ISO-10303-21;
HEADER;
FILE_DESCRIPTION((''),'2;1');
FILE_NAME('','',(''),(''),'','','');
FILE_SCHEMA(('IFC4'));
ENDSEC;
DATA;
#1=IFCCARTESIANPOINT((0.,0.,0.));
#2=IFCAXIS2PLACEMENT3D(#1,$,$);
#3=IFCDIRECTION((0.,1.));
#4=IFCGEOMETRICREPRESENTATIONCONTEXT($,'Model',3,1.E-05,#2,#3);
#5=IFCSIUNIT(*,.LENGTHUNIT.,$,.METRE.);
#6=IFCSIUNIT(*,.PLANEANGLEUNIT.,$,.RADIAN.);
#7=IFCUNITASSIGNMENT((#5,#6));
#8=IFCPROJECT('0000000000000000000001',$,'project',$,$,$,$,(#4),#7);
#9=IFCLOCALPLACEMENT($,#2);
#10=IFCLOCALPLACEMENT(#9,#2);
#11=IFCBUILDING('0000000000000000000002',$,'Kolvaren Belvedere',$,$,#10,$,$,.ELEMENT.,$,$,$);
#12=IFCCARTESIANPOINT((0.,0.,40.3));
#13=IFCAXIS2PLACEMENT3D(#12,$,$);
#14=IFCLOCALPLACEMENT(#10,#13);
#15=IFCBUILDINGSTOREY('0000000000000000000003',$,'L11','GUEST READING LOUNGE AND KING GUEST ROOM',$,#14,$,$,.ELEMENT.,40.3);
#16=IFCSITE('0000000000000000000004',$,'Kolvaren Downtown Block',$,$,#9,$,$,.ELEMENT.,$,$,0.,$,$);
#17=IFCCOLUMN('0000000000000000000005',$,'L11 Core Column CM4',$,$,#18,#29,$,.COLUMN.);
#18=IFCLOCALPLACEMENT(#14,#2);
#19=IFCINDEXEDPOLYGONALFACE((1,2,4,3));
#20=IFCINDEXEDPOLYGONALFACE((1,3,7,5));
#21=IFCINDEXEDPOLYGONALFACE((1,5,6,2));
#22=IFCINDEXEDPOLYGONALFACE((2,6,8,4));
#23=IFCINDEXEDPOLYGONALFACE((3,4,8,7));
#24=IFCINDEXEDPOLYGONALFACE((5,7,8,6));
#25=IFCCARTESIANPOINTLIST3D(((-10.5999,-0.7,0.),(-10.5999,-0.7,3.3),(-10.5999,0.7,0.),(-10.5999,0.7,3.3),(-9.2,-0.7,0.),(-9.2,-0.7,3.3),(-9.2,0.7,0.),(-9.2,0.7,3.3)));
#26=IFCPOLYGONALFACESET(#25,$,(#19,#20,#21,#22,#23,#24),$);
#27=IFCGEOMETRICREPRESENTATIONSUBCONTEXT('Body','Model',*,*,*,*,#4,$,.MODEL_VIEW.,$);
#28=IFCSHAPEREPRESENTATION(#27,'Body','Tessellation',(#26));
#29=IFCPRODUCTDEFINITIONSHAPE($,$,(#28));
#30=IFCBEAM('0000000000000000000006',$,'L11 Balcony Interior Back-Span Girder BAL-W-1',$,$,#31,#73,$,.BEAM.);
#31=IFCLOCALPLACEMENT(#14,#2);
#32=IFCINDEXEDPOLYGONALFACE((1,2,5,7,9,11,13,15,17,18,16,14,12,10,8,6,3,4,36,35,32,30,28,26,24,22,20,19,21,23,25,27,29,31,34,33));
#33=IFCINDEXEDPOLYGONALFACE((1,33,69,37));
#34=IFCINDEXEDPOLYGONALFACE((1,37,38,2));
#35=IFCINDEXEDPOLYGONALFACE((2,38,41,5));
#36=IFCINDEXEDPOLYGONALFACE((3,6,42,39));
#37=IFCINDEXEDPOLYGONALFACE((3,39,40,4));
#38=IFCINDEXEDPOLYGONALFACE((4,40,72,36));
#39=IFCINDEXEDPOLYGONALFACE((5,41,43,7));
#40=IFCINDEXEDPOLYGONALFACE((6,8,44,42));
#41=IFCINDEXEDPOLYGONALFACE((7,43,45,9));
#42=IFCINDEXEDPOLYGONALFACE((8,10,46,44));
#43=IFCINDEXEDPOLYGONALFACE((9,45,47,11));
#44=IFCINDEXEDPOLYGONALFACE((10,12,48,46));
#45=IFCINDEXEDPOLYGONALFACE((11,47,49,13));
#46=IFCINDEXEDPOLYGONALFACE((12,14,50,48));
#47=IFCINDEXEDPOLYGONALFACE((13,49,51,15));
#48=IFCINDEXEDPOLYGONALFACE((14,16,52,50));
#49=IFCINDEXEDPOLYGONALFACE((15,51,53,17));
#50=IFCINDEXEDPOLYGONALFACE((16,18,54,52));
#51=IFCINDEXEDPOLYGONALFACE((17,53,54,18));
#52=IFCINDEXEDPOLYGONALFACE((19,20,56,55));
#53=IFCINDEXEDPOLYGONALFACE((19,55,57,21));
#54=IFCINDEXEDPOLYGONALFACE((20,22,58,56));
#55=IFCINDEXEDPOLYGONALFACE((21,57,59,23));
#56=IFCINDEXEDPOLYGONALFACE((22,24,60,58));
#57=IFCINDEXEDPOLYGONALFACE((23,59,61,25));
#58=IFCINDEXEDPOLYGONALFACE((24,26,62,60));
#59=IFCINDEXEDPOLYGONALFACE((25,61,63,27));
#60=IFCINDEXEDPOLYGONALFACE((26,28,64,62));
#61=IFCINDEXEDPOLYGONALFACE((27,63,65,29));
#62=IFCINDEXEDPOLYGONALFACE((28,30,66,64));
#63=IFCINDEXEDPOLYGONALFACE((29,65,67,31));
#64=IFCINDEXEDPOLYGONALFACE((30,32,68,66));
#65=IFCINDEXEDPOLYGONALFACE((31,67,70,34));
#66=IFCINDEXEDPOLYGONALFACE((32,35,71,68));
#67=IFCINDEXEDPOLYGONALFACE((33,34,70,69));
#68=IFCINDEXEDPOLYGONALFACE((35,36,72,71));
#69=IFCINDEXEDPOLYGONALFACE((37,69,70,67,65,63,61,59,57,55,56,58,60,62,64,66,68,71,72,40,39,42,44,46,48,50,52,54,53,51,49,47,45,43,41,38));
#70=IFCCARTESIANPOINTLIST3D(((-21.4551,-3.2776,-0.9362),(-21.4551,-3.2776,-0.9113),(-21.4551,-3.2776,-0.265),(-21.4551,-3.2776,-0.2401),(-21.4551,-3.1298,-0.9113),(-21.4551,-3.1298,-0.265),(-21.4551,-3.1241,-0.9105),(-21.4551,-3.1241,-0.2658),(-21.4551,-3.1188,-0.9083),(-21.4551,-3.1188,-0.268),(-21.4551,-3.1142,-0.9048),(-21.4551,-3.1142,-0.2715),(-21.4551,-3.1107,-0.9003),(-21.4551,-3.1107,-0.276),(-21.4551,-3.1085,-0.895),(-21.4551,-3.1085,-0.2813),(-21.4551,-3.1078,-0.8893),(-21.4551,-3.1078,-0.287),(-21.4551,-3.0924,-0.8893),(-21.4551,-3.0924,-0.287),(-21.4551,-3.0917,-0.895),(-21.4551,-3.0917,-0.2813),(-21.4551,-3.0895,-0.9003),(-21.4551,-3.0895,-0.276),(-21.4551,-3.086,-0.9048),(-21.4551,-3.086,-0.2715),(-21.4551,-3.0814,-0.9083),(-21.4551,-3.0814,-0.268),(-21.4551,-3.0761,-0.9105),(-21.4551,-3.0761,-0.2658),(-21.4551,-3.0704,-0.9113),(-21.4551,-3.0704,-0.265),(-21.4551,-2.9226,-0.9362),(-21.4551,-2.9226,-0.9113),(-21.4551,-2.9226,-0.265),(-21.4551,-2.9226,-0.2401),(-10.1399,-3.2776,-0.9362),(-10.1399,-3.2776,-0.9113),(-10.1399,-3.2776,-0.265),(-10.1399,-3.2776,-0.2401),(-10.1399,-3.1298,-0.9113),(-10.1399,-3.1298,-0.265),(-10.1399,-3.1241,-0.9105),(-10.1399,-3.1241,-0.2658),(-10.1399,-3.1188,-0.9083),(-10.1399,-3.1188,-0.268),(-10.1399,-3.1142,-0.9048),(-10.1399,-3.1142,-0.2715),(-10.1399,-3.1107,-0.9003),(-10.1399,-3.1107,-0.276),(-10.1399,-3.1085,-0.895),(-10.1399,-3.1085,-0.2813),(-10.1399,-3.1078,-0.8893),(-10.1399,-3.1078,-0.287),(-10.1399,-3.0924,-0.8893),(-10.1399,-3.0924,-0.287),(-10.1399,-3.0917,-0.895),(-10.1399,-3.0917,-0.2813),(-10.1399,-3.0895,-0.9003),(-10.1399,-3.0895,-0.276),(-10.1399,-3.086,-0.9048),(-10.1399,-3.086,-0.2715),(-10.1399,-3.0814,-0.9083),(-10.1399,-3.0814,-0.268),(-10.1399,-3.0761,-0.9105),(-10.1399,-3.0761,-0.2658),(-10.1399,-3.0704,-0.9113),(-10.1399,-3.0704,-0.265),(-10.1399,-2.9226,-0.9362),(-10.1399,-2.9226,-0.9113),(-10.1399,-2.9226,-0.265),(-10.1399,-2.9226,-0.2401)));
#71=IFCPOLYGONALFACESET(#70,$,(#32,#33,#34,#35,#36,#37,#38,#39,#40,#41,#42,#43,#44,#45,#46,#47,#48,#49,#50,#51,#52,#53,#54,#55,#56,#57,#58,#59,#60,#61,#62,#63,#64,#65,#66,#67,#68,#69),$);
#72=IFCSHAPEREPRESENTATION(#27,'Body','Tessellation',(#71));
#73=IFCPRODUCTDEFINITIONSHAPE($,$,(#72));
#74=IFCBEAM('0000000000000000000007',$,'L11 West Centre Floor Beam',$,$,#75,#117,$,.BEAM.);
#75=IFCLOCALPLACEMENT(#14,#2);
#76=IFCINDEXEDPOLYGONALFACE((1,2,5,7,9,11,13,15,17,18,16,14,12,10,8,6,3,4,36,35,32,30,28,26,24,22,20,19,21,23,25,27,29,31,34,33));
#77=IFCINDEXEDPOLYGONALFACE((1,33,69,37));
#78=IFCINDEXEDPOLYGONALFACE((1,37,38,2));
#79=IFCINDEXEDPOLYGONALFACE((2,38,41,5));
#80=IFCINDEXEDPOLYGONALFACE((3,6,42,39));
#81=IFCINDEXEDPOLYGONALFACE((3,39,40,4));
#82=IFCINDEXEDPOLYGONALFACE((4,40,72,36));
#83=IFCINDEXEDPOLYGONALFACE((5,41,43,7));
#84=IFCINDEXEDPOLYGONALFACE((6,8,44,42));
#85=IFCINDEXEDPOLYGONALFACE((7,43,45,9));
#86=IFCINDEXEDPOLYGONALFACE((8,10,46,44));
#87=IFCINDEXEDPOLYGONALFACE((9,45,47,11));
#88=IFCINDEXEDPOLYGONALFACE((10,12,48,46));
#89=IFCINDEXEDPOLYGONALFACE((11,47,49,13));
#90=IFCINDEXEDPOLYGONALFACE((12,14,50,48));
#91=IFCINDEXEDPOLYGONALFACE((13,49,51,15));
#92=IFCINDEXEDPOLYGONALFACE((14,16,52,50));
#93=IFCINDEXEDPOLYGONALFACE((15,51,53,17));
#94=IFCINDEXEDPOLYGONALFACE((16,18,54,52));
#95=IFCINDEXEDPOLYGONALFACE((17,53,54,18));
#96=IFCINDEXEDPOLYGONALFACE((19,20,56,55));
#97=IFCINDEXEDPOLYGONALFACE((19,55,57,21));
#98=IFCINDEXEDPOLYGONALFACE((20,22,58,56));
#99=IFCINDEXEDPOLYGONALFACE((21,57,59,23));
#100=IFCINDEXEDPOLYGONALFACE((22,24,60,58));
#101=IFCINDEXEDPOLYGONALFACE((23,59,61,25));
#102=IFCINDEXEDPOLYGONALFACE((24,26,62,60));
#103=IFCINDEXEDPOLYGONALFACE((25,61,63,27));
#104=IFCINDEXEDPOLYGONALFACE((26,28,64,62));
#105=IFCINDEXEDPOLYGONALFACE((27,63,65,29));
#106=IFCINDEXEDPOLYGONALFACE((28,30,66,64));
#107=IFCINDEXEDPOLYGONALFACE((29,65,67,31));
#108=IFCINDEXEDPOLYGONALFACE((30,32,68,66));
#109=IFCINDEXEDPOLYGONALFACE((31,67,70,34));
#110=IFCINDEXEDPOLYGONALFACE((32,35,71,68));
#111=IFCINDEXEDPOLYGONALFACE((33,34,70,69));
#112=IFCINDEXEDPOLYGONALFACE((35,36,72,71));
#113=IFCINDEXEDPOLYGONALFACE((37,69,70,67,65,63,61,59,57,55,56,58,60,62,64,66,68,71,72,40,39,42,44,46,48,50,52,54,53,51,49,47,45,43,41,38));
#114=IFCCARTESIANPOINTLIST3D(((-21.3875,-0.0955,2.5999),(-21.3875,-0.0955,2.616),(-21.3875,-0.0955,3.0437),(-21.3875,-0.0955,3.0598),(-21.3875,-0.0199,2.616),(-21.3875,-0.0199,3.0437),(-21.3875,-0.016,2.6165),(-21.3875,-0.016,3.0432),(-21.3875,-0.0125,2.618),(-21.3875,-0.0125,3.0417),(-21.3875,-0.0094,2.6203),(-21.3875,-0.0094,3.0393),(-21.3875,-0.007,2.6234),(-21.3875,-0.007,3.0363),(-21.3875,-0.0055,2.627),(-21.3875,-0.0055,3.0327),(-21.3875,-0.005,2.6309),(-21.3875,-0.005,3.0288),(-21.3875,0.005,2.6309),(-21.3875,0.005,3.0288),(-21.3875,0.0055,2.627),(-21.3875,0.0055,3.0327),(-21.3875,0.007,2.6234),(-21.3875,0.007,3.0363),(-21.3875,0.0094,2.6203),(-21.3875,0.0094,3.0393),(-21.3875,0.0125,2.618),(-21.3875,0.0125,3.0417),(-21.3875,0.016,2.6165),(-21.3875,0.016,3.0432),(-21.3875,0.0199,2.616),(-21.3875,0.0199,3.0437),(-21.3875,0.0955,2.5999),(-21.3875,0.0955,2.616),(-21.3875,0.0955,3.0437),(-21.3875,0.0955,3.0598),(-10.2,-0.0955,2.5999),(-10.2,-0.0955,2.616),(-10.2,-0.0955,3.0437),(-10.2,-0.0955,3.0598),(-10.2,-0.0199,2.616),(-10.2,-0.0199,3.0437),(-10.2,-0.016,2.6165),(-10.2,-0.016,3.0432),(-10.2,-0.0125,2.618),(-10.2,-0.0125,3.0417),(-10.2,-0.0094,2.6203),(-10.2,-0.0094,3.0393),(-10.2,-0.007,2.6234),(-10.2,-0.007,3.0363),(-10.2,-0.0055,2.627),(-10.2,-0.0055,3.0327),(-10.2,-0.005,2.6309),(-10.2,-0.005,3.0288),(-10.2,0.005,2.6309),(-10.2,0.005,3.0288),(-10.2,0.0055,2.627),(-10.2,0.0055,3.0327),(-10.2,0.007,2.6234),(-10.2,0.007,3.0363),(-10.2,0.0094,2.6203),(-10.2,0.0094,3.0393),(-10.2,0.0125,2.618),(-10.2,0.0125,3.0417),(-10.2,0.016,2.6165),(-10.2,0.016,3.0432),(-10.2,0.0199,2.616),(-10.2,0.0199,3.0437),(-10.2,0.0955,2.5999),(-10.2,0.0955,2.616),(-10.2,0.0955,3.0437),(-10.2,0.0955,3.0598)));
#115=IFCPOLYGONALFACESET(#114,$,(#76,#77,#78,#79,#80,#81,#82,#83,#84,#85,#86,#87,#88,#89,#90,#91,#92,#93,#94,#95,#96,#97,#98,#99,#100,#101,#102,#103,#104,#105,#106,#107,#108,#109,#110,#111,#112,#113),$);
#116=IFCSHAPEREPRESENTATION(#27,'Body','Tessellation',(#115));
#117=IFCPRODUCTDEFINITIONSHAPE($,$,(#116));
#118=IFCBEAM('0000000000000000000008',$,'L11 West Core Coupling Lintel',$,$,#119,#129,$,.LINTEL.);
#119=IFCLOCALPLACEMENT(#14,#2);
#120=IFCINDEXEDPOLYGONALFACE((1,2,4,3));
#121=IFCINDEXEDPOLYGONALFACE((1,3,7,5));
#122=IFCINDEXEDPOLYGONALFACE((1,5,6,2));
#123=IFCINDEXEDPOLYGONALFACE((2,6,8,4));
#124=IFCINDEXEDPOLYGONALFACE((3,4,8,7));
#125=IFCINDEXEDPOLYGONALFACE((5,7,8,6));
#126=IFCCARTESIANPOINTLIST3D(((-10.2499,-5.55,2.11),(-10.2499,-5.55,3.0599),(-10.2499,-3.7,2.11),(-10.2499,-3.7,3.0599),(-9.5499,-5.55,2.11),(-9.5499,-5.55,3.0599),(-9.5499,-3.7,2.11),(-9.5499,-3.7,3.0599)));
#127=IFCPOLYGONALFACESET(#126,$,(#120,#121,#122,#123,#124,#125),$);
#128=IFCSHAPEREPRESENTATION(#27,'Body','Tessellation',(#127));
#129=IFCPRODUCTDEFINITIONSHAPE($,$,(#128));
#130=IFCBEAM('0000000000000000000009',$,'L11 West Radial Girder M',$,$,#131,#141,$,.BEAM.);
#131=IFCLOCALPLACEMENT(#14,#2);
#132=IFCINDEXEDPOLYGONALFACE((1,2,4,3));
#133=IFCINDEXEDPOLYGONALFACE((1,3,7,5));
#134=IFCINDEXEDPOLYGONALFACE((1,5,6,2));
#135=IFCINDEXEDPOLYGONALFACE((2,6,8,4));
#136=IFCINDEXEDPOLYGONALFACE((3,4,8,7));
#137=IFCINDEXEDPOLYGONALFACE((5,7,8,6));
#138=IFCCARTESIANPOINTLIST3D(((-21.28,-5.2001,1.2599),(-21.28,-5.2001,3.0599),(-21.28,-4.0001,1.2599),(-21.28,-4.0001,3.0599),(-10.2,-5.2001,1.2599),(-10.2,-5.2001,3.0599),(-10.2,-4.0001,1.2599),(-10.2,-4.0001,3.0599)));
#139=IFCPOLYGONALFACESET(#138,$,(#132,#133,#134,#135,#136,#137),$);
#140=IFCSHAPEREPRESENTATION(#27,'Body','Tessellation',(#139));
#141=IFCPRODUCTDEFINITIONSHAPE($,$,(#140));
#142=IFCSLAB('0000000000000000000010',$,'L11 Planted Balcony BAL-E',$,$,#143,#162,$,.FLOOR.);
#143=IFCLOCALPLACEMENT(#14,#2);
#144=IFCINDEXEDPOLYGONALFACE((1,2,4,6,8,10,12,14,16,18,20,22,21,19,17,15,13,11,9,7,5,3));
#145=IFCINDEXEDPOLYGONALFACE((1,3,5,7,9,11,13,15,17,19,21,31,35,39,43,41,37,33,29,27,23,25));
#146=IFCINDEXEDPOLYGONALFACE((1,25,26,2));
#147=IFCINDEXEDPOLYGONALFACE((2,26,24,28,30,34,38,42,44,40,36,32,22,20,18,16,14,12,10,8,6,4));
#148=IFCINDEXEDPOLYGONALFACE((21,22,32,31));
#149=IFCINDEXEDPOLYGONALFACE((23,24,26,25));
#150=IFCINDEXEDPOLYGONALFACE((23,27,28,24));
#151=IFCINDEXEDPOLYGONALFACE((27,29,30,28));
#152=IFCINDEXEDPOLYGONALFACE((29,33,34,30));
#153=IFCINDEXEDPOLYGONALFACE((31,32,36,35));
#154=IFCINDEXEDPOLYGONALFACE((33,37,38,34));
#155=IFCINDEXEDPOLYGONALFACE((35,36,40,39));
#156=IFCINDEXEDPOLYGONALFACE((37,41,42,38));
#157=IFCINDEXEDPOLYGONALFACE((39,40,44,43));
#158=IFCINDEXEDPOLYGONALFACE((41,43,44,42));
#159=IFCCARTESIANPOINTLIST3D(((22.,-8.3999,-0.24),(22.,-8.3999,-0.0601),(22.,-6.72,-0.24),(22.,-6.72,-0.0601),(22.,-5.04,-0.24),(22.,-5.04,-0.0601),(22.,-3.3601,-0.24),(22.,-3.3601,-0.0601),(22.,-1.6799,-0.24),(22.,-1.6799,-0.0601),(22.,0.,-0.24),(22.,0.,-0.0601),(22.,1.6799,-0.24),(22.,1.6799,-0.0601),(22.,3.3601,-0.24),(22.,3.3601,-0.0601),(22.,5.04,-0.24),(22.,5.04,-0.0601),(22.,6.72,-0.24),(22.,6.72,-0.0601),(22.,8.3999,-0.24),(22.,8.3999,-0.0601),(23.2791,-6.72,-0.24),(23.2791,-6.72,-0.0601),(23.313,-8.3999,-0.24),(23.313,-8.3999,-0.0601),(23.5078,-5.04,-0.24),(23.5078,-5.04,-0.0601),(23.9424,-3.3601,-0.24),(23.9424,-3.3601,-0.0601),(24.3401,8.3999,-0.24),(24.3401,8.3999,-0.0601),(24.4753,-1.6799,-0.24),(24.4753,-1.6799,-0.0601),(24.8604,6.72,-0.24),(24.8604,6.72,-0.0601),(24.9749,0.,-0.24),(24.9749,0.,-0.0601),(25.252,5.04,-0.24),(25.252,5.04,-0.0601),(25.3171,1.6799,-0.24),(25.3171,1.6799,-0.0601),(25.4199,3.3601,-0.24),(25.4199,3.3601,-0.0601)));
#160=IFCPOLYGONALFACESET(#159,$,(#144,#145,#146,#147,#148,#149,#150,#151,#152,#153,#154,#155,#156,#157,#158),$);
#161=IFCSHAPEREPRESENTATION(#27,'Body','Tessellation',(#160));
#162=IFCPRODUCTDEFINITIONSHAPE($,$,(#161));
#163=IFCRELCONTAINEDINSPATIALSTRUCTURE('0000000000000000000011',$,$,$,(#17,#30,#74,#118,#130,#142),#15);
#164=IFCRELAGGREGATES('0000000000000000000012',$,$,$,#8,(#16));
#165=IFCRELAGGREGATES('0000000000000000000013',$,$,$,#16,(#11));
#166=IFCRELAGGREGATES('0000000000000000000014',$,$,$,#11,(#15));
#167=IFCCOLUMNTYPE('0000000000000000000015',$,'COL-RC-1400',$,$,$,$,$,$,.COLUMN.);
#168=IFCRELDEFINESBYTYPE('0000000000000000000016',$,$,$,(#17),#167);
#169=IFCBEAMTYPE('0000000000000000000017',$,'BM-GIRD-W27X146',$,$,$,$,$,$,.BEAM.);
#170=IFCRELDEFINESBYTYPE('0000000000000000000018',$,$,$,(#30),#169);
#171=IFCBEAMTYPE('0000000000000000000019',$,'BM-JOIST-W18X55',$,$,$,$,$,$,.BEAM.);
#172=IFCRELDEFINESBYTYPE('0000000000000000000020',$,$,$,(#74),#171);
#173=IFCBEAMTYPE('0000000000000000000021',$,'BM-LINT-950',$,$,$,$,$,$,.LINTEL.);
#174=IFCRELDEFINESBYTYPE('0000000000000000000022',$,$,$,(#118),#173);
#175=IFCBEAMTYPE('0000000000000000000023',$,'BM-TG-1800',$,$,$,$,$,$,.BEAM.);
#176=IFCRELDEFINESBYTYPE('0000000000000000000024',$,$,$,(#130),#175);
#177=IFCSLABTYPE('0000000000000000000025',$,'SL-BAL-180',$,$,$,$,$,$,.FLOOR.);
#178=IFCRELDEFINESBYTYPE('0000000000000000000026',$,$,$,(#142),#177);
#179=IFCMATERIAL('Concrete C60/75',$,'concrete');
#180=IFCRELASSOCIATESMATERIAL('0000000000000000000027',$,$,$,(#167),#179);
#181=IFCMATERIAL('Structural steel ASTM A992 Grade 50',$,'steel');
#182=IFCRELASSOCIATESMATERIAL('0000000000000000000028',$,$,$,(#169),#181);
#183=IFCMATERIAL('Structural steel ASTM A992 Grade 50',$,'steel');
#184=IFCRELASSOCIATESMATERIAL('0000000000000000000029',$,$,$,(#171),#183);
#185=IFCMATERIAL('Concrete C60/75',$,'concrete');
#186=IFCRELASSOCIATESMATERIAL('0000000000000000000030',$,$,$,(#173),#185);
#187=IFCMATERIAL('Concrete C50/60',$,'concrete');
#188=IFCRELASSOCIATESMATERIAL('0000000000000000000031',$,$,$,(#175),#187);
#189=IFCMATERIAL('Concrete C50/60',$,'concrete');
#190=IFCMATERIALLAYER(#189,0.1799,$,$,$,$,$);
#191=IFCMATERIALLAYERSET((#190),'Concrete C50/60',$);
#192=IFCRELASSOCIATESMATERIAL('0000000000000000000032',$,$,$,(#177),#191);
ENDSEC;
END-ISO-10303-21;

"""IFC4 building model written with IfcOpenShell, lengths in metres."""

from ifc_helpers import new_model, si_unit, direction, frame, origin, origin_2d, place, context, subcontext, project, spatial, polyline, rectangle, i_section, outline, extrude, material, layer, layer_set, material_profile, profile_set, type_object, element, save


model = new_model("IFC4")

# Units and contexts
model_context = context("Model", 3, precision=1e-05, world=origin(), true_north=direction((0.0, 1.0)))
body_context = subcontext(model_context, "Body", "Model", "MODEL_VIEW")
ifc_project = project(units=[si_unit("LENGTHUNIT", "METRE"), si_unit("PLANEANGLEUNIT", "RADIAN")], contexts=[model_context])

# Site, building, storey
site_placement = place(None, origin())
site = spatial("IfcSite", under=ifc_project, at=site_placement, Name="Kolvaren Downtown Block", CompositionType="ELEMENT", RefElevation=0.0)
building_placement = place(site_placement, origin())
building = spatial("IfcBuilding", under=site, at=building_placement, Name="Kolvaren Belvedere", CompositionType="ELEMENT")
storey_placement = place(building_placement, frame((0.0, 0.0, 40.3)))
storey = spatial("IfcBuildingStorey", under=building, at=storey_placement, Name="L11", Description="GUEST READING LOUNGE AND KING GUEST ROOM", CompositionType="ELEMENT", Elevation=40.3)

# Column
ifc_material_1 = material(Name="Concrete C60/75", Category="concrete")
ifc_material_profile_1 = material_profile(ifc_material_1, rectangle(XDim=1.3999, YDim=1.3999, at=origin_2d()), Name="RC 1400X1400")
ifc_profile_set_1 = profile_set([ifc_material_profile_1], Name="Concrete C60/75")
column_type = type_object("IfcColumnType", Name="COL-RC-1400", PredefinedType="COLUMN", material=ifc_profile_set_1)
column_placement = place(storey_placement, frame((-9.8999, 0.0, 0.0), z_axis=(0.0, 0.0, 1.0), x_axis=(1.0, 0.0, 0.0)))
element("IfcColumn", 1, at=column_placement, inside=storey, type_object=column_type, Name="L11 Core Column CM4", PredefinedType="COLUMN", context=body_context, shape_type="SweptSolid", body=[
    extrude(rectangle(XDim=1.3999, YDim=1.3999, at=origin_2d()), origin(), (0.0, 0.0, 1.0), 3.3),
])

# Beams
ifc_material_2 = material(Name="Structural steel ASTM A992 Grade 50", Category="steel")
ifc_material_profile_2 = material_profile(ifc_material_2, i_section(OverallWidth=0.355, OverallDepth=0.696, WebThickness=0.0154, FlangeThickness=0.0249, FilletRadius=0.022, at=origin_2d()), Name="W27X146")
ifc_profile_set_2 = profile_set([ifc_material_profile_2], Name="Structural steel ASTM A992 Grade 50")
beam_type_1 = type_object("IfcBeamType", Name="BM-GIRD-W27X146", PredefinedType="BEAM", material=ifc_profile_set_2)
beam_1_placement = place(storey_placement, frame((-10.1399, -3.1001, -0.5881), z_axis=(-1.0, 0.0, 0.0), x_axis=(0.0, -1.0, 0.0)))
element("IfcBeam", 2, at=beam_1_placement, inside=storey, type_object=beam_type_1, Name="L11 Balcony Interior Back-Span Girder BAL-W-1", PredefinedType="BEAM", context=body_context, shape_type="SweptSolid", body=[
    extrude(i_section(OverallWidth=0.355, OverallDepth=0.696, WebThickness=0.0154, FlangeThickness=0.0249, FilletRadius=0.022, at=origin_2d()), origin(), (0.0, 0.0, 1.0), 11.3152),
])
ifc_material_3 = material(Name="Structural steel ASTM A992 Grade 50", Category="steel")
ifc_material_profile_3 = material_profile(ifc_material_3, i_section(OverallWidth=0.1909, OverallDepth=0.46, WebThickness=0.01, FlangeThickness=0.0161, FilletRadius=0.0149, at=origin_2d()), Name="W18X55")
ifc_profile_set_3 = profile_set([ifc_material_profile_3], Name="Structural steel ASTM A992 Grade 50")
beam_type_2 = type_object("IfcBeamType", Name="BM-JOIST-W18X55", PredefinedType="BEAM", material=ifc_profile_set_3)
beam_2_placement = place(storey_placement, frame((-10.2, 0.0, 2.8298), z_axis=(-1.0, 0.0, 0.0), x_axis=(0.0, -1.0, 0.0)))
element("IfcBeam", 3, at=beam_2_placement, inside=storey, type_object=beam_type_2, Name="L11 West Centre Floor Beam", PredefinedType="BEAM", context=body_context, shape_type="SweptSolid", body=[
    extrude(i_section(OverallWidth=0.1909, OverallDepth=0.46, WebThickness=0.01, FlangeThickness=0.0161, FilletRadius=0.0149, at=origin_2d()), origin(), (0.0, 0.0, 1.0), 11.1875),
])
ifc_material_4 = material(Name="Concrete C60/75", Category="concrete")
ifc_material_profile_4 = material_profile(ifc_material_4, rectangle(XDim=0.7, YDim=0.95, at=origin_2d()), Name="RC 700X950")
ifc_profile_set_4 = profile_set([ifc_material_profile_4], Name="Concrete C60/75")
beam_type_3 = type_object("IfcBeamType", Name="BM-LINT-950", PredefinedType="LINTEL", material=ifc_profile_set_4)
beam_3_placement = place(storey_placement, frame((-9.8999, -5.55, 2.585), z_axis=(0.0, 1.0, 0.0), x_axis=(-1.0, 0.0, 0.0)))
element("IfcBeam", 4, at=beam_3_placement, inside=storey, type_object=beam_type_3, Name="L11 West Core Coupling Lintel", PredefinedType="LINTEL", context=body_context, shape_type="SweptSolid", body=[
    extrude(rectangle(XDim=0.7, YDim=0.95, at=origin_2d()), origin(), (0.0, 0.0, 1.0), 1.8501),
])
ifc_material_5 = material(Name="Concrete C50/60", Category="concrete")
ifc_material_profile_5 = material_profile(ifc_material_5, rectangle(XDim=1.2, YDim=1.8, at=origin_2d()), Name="RC 1200X1800")
ifc_profile_set_5 = profile_set([ifc_material_profile_5], Name="Concrete C50/60")
beam_type_4 = type_object("IfcBeamType", Name="BM-TG-1800", PredefinedType="BEAM", material=ifc_profile_set_5)
beam_4_placement = place(storey_placement, frame((-10.2, -4.6001, 2.1599), z_axis=(-1.0, 0.0, 0.0), x_axis=(0.0, -1.0, 0.0)))
element("IfcBeam", 5, at=beam_4_placement, inside=storey, type_object=beam_type_4, Name="L11 West Radial Girder M", PredefinedType="BEAM", context=body_context, shape_type="SweptSolid", body=[
    extrude(rectangle(XDim=1.2, YDim=1.8, at=origin_2d()), origin(), (0.0, 0.0, 1.0), 11.0801),
])

# Slab
ifc_material_6 = material(Name="Concrete C50/60", Category="concrete")
ifc_layer_1 = layer(ifc_material_6, 0.1799)
ifc_layer_set_1 = layer_set([ifc_layer_1], Name="Concrete C50/60")
slab_type_1 = type_object("IfcSlabType", Name="SL-BAL-180", PredefinedType="FLOOR", material=ifc_layer_set_1)
slab_1_placement = place(storey_placement, frame((0.0, 0.0, -0.24)))
element("IfcSlab", 6, at=slab_1_placement, inside=storey, type_object=slab_type_1, Name="L11 Planted Balcony BAL-E", PredefinedType="FLOOR", context=body_context, shape_type="SweptSolid", body=[
    extrude(outline(polyline([(23.313, -8.3999), (23.2791, -6.72), (23.5078, -5.04), (23.9424, -3.3601), (24.4753, -1.6799), (24.9749, 0.0), (25.3171, 1.6799), (25.4199, 3.3601), (25.252, 5.04), (24.8604, 6.72), (24.3401, 8.3999), (22.0, 8.3999), (22.0, 6.72), (22.0, 5.04), (22.0, 3.3601), (22.0, 1.6799), (22.0, 0.0), (22.0, -1.6799), (22.0, -3.3601), (22.0, -5.04), (22.0, -6.72), (22.0, -8.3999), (23.313, -8.3999)])), origin(), (0.0, 0.0, 1.0), 0.1799),
])

save(model, "model.ifc")
